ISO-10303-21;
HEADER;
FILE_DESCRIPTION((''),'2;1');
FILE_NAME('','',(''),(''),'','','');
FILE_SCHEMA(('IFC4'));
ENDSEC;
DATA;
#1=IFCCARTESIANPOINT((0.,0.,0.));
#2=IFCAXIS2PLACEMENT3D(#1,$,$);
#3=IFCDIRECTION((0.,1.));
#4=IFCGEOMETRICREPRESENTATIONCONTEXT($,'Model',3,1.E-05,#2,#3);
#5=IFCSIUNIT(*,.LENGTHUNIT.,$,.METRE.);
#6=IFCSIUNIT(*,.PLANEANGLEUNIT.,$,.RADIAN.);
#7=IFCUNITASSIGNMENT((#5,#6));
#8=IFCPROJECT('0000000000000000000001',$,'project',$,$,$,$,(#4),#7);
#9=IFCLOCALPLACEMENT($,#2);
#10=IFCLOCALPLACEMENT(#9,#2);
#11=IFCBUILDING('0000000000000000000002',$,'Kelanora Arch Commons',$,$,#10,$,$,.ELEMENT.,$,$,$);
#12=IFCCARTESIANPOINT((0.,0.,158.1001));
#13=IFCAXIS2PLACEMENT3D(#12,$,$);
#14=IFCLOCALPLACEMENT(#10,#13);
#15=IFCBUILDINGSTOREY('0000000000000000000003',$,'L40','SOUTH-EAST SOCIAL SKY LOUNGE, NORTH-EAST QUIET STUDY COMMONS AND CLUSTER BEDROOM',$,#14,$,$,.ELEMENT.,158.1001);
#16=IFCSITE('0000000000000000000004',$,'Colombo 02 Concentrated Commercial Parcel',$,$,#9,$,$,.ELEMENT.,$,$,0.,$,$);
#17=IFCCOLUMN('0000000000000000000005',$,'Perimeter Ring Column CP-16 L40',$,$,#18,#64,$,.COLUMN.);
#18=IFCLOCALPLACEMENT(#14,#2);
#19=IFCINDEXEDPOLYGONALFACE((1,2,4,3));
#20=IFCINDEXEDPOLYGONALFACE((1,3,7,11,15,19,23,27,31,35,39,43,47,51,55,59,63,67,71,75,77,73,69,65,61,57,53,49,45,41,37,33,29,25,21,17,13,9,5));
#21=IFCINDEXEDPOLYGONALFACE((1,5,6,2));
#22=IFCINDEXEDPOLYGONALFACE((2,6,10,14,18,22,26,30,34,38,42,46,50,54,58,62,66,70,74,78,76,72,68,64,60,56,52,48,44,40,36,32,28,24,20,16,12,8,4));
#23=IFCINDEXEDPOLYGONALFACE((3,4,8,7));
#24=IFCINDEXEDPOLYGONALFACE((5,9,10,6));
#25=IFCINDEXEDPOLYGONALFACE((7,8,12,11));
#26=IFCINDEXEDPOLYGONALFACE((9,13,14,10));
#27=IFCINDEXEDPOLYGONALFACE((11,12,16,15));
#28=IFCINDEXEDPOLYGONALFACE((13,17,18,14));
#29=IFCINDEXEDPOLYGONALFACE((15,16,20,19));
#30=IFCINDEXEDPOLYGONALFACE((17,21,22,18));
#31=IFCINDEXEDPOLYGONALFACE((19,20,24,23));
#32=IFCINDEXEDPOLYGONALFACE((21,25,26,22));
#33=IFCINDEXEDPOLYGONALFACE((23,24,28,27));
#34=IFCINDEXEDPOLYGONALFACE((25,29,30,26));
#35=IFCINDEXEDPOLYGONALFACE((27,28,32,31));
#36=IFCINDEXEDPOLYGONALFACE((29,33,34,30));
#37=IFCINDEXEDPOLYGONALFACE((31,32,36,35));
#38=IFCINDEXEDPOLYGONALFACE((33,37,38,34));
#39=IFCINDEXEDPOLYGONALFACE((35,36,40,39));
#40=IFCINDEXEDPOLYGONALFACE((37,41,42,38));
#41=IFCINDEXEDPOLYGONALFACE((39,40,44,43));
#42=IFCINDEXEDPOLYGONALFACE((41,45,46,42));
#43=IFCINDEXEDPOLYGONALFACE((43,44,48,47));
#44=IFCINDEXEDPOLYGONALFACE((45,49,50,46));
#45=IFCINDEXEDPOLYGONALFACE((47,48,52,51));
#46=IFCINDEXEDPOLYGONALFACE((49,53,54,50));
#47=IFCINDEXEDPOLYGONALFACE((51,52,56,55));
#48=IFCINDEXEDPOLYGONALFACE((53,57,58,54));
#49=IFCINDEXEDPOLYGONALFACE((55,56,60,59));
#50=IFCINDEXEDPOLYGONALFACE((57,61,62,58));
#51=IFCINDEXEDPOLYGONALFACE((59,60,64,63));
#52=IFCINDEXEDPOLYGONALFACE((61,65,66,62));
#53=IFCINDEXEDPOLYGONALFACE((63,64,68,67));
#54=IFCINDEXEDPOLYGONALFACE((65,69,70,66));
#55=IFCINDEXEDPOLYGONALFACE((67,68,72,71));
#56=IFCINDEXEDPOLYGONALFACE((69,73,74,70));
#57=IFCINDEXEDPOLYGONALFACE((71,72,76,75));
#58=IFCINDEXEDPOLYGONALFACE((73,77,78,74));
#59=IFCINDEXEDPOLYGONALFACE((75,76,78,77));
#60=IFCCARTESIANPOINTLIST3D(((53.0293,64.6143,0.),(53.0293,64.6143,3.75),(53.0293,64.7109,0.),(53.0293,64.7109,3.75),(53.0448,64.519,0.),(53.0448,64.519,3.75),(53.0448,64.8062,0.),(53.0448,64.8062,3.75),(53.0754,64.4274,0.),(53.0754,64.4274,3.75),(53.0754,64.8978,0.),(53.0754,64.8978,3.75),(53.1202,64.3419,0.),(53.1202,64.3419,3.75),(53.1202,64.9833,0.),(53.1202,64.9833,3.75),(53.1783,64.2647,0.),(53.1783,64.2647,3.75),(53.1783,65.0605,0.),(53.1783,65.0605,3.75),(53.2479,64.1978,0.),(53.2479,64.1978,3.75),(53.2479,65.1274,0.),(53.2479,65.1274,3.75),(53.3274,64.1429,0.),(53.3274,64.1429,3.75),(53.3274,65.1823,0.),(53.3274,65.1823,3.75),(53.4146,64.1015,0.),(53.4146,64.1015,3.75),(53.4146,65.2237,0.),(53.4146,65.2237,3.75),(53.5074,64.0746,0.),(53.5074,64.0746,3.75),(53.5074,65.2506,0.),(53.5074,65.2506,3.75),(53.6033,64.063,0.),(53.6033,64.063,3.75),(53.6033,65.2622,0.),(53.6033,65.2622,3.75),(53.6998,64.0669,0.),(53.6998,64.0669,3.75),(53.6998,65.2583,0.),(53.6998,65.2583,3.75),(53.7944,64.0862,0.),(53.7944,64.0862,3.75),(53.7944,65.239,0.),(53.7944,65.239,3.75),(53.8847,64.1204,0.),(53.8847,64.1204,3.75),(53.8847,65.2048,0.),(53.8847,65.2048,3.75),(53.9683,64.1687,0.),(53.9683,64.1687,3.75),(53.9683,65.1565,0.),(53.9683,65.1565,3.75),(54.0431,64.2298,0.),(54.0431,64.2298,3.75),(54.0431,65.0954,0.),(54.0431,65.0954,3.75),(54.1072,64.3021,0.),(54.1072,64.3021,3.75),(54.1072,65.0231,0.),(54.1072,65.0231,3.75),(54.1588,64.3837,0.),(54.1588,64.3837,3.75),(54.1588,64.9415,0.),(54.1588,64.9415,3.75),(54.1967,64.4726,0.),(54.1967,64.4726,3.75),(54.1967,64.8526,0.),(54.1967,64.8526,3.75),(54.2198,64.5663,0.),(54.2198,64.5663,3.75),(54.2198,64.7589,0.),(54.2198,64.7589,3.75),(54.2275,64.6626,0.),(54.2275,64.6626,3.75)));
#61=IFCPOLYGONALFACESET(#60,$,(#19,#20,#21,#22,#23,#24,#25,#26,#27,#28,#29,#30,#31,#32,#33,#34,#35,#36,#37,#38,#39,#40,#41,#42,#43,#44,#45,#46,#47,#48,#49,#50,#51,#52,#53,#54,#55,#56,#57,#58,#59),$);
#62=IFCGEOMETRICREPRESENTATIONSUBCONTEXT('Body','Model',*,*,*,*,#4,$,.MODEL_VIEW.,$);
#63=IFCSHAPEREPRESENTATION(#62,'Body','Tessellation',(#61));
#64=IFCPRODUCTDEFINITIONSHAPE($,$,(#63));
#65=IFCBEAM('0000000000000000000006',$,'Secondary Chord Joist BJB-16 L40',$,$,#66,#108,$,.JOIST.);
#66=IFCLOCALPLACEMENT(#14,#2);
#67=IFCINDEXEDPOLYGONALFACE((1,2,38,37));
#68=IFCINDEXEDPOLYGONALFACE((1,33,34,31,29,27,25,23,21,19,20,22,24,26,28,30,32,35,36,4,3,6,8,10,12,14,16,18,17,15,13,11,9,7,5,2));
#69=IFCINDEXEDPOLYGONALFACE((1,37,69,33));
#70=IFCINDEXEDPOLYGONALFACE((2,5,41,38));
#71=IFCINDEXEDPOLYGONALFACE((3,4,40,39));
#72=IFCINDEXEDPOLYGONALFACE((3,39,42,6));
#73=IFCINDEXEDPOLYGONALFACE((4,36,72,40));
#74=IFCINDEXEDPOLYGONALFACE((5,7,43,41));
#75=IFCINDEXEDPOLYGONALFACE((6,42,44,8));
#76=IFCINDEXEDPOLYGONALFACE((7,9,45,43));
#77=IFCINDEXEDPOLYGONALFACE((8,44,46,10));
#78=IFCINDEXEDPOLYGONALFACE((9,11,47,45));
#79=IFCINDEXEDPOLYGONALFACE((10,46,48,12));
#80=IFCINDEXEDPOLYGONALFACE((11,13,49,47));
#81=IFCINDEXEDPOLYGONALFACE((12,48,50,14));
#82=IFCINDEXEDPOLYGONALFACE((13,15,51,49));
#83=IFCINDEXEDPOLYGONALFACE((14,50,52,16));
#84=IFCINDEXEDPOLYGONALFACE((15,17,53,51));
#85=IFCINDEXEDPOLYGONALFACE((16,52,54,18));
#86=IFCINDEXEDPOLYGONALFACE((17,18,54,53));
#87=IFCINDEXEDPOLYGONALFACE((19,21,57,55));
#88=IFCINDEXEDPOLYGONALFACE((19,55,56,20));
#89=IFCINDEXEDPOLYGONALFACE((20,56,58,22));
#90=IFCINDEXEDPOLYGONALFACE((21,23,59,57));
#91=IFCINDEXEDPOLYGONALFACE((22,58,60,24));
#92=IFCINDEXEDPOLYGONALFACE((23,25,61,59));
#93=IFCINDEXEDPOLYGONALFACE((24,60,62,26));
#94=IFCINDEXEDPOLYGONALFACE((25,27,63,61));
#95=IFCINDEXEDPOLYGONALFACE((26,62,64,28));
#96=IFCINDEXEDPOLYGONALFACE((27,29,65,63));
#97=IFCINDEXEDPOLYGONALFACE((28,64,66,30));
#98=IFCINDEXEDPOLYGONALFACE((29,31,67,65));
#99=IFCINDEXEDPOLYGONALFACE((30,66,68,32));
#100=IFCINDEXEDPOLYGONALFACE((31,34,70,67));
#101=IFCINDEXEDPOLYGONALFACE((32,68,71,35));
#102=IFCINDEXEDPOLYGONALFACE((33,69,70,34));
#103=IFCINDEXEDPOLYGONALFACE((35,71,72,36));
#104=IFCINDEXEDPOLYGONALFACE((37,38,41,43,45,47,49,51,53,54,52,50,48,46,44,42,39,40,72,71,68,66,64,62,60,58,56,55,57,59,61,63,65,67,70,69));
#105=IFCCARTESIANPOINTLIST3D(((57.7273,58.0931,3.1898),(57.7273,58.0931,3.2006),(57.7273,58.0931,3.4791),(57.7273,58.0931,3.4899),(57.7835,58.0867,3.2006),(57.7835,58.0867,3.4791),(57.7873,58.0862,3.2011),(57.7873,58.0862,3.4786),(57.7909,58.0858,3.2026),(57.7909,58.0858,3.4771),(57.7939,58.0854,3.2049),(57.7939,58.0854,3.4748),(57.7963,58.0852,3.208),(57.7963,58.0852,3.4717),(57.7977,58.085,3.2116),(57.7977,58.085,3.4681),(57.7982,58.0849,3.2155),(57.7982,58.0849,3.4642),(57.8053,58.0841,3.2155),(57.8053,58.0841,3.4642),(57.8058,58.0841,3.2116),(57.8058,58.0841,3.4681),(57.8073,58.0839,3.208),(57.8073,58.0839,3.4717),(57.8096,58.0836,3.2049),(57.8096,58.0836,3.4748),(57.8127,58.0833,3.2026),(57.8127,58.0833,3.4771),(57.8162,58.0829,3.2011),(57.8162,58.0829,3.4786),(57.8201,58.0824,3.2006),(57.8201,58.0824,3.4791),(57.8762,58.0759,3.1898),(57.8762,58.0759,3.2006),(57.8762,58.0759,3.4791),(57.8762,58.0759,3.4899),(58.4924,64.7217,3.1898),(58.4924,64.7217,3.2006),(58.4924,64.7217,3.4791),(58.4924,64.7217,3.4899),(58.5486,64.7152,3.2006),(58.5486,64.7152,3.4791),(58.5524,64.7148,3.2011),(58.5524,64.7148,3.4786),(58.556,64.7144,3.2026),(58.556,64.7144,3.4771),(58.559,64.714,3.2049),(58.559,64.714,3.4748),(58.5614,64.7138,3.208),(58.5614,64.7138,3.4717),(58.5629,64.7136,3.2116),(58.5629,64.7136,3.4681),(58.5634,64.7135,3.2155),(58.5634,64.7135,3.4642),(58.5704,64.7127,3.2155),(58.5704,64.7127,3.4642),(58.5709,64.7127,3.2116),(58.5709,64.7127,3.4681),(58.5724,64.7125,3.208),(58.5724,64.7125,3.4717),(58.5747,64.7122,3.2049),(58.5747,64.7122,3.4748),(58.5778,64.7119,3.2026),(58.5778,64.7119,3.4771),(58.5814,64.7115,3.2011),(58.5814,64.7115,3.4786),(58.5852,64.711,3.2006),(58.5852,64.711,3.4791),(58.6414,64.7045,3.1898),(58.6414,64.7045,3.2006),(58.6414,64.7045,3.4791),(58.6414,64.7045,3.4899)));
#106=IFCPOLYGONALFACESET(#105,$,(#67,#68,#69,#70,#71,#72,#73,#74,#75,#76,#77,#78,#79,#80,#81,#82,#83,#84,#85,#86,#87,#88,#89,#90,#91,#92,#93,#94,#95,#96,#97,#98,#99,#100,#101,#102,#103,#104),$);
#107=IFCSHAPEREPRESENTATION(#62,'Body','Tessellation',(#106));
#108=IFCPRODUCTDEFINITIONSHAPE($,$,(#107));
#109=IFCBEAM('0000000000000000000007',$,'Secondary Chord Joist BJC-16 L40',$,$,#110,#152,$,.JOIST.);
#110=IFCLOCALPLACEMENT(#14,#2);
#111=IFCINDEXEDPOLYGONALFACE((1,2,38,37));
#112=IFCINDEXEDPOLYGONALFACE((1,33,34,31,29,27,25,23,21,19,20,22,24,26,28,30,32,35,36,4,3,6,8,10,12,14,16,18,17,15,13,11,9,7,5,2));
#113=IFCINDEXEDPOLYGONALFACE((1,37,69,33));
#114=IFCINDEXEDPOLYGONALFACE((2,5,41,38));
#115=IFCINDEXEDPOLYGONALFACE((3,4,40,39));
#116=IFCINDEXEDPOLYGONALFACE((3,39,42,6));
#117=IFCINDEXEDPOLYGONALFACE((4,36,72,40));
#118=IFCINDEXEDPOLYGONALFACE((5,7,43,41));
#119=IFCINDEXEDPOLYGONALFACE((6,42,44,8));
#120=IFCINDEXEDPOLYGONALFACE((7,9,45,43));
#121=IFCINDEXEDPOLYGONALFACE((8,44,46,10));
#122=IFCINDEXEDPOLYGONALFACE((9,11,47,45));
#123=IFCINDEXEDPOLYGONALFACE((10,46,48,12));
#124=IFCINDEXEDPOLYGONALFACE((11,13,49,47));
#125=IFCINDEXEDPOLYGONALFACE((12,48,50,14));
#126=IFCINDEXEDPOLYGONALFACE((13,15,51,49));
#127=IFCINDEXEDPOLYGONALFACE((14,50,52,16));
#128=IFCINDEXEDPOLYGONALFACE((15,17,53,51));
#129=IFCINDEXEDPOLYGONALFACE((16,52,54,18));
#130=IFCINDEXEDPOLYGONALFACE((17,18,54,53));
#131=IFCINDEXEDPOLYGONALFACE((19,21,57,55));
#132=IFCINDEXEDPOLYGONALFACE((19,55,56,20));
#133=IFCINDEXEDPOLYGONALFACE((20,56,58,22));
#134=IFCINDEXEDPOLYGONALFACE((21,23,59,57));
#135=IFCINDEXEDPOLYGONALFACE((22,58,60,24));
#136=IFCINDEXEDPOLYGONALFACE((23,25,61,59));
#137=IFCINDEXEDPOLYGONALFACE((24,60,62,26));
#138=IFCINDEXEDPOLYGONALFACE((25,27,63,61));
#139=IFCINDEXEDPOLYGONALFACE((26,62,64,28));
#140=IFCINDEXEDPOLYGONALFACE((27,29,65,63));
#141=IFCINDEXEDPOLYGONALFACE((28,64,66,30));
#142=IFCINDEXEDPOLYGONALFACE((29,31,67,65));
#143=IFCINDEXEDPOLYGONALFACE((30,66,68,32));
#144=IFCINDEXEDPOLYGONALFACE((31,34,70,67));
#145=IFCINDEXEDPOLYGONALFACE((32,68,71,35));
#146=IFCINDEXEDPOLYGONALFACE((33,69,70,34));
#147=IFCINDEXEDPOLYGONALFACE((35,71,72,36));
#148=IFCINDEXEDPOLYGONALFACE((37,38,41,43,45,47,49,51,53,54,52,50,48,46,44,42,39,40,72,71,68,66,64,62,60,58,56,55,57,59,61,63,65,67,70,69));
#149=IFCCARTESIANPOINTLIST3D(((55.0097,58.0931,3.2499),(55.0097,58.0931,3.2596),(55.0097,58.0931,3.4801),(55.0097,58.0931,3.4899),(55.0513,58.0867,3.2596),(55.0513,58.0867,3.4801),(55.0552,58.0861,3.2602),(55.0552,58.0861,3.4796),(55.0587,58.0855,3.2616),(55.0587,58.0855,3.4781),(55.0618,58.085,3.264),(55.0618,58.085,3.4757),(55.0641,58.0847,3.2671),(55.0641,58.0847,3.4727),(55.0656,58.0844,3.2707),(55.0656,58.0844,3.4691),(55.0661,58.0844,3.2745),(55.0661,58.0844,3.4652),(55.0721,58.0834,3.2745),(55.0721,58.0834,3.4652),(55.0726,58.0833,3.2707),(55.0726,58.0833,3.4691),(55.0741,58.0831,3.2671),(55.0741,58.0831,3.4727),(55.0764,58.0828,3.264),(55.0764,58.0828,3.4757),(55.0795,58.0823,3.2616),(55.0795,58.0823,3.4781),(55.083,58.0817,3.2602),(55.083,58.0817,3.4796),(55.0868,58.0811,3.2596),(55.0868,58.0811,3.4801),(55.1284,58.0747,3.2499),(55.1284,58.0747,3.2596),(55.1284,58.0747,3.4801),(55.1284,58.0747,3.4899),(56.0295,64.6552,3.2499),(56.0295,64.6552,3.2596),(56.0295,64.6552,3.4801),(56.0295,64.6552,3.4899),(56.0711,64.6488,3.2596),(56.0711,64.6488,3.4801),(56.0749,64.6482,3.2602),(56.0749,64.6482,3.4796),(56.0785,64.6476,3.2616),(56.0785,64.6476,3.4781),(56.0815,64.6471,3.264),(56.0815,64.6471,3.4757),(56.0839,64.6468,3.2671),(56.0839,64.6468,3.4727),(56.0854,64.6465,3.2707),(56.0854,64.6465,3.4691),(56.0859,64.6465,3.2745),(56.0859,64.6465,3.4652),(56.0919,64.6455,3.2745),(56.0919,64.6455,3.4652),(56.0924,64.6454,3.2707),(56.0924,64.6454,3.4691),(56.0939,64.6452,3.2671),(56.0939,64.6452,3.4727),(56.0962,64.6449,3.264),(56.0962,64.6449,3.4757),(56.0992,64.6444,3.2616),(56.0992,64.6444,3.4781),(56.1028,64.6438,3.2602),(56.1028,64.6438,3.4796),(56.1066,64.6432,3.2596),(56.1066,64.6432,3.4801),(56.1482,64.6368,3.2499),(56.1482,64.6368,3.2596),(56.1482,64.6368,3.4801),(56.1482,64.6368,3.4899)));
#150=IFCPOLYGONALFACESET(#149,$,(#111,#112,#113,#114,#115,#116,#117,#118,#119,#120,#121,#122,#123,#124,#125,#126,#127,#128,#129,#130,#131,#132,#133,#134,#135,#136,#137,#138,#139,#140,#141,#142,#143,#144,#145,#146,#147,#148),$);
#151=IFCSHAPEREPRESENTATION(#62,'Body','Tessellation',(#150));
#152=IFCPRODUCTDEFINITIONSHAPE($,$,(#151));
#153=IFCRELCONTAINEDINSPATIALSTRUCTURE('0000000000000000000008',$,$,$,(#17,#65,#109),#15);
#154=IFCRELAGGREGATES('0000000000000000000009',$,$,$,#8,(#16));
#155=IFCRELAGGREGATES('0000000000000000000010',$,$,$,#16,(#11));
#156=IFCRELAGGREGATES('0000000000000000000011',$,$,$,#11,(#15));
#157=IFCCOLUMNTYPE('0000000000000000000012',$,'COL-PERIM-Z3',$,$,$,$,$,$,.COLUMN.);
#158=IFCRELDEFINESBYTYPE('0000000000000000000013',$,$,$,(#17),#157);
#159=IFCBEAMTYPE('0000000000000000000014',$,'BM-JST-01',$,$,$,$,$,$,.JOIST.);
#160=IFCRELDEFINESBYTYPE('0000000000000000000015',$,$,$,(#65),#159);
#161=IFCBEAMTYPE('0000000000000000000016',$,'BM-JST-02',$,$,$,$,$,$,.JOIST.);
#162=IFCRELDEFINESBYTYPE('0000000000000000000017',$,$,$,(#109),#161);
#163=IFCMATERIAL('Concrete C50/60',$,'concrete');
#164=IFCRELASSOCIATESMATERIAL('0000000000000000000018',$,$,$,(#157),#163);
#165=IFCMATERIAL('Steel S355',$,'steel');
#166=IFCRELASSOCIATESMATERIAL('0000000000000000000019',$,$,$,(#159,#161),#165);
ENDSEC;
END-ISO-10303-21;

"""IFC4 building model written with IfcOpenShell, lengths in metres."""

from ifc_helpers import new_model, si_unit, direction, frame, origin, origin_2d, place, context, subcontext, project, spatial, circle, i_section, extrude, material, material_profile, profile_set, type_object, element, save


model = new_model("IFC4")

# Units and contexts
model_context = context("Model", 3, precision=1e-05, world=origin(), true_north=direction((0.0, 1.0)))
body_context = subcontext(model_context, "Body", "Model", "MODEL_VIEW")
ifc_project = project(units=[si_unit("LENGTHUNIT", "METRE"), si_unit("PLANEANGLEUNIT", "RADIAN")], contexts=[model_context])

# Site, building, storey
site_placement = place(None, origin())
site = spatial("IfcSite", under=ifc_project, at=site_placement, Name="Colombo 02 Concentrated Commercial Parcel", CompositionType="ELEMENT", RefElevation=0.0)
building_placement = place(site_placement, origin())
building = spatial("IfcBuilding", under=site, at=building_placement, Name="Kelanora Arch Commons", CompositionType="ELEMENT")
storey_placement = place(building_placement, frame((0.0, 0.0, 158.1001)))
storey = spatial("IfcBuildingStorey", under=building, at=storey_placement, Name="L40", Description="SOUTH-EAST SOCIAL SKY LOUNGE, NORTH-EAST QUIET STUDY COMMONS AND CLUSTER BEDROOM", CompositionType="ELEMENT", Elevation=158.1001)

# Column
ifc_material_1 = material(Name="Concrete C50/60", Category="concrete")
ifc_material_profile_1 = material_profile(ifc_material_1, circle(Radius=0.6001, at=origin_2d()), Name="RCC1200")
ifc_profile_set_1 = profile_set([ifc_material_profile_1], Name="Concrete C50/60")
column_type = type_object("IfcColumnType", Name="COL-PERIM-Z3", PredefinedType="COLUMN", material=ifc_profile_set_1)
column_placement = place(storey_placement, frame((53.6274, 64.6626, 0.0), z_axis=(0.0, 0.0, 1.0), x_axis=(1.0, 0.0, 0.0)))
element("IfcColumn", 1, at=column_placement, inside=storey, type_object=column_type, Name="Perimeter Ring Column CP-16 L40", PredefinedType="COLUMN", context=body_context, shape_type="SweptSolid", body=[
    extrude(circle(Radius=0.6001, at=origin_2d()), origin(), (0.0, 0.0, 1.0), 3.75),
])

# Beams
ifc_material_2 = material(Name="Steel S355", Category="steel")
ifc_material_profile_2 = material_profile(ifc_material_2, i_section(OverallWidth=0.1499, OverallDepth=0.3, WebThickness=0.0071, FlangeThickness=0.0107, FilletRadius=0.0149, at=origin_2d()), Name="IPE300")
ifc_profile_set_2 = profile_set([ifc_material_profile_2], Name="Steel S355")
beam_type_1 = type_object("IfcBeamType", Name="BM-JST-01", PredefinedType="JOIST", material=ifc_profile_set_2)
beam_1_placement = place(storey_placement, frame((58.5669, 64.7131, 3.3398), z_axis=(-0.114667, -0.993404, 0.0), x_axis=(0.993404, -0.114667, 0.0)))
element("IfcBeam", 2, at=beam_1_placement, inside=storey, type_object=beam_type_1, Name="Secondary Chord Joist BJB-16 L40", PredefinedType="JOIST", context=body_context, shape_type="SweptSolid", body=[
    extrude(i_section(OverallWidth=0.1499, OverallDepth=0.3, WebThickness=0.0071, FlangeThickness=0.0107, FilletRadius=0.0149, at=origin_2d()), origin(), (0.0, 0.0, 1.0), 6.6726),
])
ifc_material_profile_3 = material_profile(ifc_material_2, i_section(OverallWidth=0.1201, OverallDepth=0.24, WebThickness=0.0061, FlangeThickness=0.0098, FilletRadius=0.0149, at=origin_2d()), Name="IPE240")
ifc_profile_set_3 = profile_set([ifc_material_profile_3], Name="Steel S355")
beam_type_2 = type_object("IfcBeamType", Name="BM-JST-02", PredefinedType="JOIST", material=ifc_profile_set_3)
beam_2_placement = place(storey_placement, frame((56.0889, 64.646, 3.3699), z_axis=(-0.153563, -0.988139, 0.0), x_axis=(0.988139, -0.153563, 0.0)))
element("IfcBeam", 3, at=beam_2_placement, inside=storey, type_object=beam_type_2, Name="Secondary Chord Joist BJC-16 L40", PredefinedType="JOIST", context=body_context, shape_type="SweptSolid", body=[
    extrude(i_section(OverallWidth=0.1201, OverallDepth=0.24, WebThickness=0.0061, FlangeThickness=0.0098, FilletRadius=0.0149, at=origin_2d()), origin(), (0.0, 0.0, 1.0), 6.6409),
])

save(model, "model.ifc")
